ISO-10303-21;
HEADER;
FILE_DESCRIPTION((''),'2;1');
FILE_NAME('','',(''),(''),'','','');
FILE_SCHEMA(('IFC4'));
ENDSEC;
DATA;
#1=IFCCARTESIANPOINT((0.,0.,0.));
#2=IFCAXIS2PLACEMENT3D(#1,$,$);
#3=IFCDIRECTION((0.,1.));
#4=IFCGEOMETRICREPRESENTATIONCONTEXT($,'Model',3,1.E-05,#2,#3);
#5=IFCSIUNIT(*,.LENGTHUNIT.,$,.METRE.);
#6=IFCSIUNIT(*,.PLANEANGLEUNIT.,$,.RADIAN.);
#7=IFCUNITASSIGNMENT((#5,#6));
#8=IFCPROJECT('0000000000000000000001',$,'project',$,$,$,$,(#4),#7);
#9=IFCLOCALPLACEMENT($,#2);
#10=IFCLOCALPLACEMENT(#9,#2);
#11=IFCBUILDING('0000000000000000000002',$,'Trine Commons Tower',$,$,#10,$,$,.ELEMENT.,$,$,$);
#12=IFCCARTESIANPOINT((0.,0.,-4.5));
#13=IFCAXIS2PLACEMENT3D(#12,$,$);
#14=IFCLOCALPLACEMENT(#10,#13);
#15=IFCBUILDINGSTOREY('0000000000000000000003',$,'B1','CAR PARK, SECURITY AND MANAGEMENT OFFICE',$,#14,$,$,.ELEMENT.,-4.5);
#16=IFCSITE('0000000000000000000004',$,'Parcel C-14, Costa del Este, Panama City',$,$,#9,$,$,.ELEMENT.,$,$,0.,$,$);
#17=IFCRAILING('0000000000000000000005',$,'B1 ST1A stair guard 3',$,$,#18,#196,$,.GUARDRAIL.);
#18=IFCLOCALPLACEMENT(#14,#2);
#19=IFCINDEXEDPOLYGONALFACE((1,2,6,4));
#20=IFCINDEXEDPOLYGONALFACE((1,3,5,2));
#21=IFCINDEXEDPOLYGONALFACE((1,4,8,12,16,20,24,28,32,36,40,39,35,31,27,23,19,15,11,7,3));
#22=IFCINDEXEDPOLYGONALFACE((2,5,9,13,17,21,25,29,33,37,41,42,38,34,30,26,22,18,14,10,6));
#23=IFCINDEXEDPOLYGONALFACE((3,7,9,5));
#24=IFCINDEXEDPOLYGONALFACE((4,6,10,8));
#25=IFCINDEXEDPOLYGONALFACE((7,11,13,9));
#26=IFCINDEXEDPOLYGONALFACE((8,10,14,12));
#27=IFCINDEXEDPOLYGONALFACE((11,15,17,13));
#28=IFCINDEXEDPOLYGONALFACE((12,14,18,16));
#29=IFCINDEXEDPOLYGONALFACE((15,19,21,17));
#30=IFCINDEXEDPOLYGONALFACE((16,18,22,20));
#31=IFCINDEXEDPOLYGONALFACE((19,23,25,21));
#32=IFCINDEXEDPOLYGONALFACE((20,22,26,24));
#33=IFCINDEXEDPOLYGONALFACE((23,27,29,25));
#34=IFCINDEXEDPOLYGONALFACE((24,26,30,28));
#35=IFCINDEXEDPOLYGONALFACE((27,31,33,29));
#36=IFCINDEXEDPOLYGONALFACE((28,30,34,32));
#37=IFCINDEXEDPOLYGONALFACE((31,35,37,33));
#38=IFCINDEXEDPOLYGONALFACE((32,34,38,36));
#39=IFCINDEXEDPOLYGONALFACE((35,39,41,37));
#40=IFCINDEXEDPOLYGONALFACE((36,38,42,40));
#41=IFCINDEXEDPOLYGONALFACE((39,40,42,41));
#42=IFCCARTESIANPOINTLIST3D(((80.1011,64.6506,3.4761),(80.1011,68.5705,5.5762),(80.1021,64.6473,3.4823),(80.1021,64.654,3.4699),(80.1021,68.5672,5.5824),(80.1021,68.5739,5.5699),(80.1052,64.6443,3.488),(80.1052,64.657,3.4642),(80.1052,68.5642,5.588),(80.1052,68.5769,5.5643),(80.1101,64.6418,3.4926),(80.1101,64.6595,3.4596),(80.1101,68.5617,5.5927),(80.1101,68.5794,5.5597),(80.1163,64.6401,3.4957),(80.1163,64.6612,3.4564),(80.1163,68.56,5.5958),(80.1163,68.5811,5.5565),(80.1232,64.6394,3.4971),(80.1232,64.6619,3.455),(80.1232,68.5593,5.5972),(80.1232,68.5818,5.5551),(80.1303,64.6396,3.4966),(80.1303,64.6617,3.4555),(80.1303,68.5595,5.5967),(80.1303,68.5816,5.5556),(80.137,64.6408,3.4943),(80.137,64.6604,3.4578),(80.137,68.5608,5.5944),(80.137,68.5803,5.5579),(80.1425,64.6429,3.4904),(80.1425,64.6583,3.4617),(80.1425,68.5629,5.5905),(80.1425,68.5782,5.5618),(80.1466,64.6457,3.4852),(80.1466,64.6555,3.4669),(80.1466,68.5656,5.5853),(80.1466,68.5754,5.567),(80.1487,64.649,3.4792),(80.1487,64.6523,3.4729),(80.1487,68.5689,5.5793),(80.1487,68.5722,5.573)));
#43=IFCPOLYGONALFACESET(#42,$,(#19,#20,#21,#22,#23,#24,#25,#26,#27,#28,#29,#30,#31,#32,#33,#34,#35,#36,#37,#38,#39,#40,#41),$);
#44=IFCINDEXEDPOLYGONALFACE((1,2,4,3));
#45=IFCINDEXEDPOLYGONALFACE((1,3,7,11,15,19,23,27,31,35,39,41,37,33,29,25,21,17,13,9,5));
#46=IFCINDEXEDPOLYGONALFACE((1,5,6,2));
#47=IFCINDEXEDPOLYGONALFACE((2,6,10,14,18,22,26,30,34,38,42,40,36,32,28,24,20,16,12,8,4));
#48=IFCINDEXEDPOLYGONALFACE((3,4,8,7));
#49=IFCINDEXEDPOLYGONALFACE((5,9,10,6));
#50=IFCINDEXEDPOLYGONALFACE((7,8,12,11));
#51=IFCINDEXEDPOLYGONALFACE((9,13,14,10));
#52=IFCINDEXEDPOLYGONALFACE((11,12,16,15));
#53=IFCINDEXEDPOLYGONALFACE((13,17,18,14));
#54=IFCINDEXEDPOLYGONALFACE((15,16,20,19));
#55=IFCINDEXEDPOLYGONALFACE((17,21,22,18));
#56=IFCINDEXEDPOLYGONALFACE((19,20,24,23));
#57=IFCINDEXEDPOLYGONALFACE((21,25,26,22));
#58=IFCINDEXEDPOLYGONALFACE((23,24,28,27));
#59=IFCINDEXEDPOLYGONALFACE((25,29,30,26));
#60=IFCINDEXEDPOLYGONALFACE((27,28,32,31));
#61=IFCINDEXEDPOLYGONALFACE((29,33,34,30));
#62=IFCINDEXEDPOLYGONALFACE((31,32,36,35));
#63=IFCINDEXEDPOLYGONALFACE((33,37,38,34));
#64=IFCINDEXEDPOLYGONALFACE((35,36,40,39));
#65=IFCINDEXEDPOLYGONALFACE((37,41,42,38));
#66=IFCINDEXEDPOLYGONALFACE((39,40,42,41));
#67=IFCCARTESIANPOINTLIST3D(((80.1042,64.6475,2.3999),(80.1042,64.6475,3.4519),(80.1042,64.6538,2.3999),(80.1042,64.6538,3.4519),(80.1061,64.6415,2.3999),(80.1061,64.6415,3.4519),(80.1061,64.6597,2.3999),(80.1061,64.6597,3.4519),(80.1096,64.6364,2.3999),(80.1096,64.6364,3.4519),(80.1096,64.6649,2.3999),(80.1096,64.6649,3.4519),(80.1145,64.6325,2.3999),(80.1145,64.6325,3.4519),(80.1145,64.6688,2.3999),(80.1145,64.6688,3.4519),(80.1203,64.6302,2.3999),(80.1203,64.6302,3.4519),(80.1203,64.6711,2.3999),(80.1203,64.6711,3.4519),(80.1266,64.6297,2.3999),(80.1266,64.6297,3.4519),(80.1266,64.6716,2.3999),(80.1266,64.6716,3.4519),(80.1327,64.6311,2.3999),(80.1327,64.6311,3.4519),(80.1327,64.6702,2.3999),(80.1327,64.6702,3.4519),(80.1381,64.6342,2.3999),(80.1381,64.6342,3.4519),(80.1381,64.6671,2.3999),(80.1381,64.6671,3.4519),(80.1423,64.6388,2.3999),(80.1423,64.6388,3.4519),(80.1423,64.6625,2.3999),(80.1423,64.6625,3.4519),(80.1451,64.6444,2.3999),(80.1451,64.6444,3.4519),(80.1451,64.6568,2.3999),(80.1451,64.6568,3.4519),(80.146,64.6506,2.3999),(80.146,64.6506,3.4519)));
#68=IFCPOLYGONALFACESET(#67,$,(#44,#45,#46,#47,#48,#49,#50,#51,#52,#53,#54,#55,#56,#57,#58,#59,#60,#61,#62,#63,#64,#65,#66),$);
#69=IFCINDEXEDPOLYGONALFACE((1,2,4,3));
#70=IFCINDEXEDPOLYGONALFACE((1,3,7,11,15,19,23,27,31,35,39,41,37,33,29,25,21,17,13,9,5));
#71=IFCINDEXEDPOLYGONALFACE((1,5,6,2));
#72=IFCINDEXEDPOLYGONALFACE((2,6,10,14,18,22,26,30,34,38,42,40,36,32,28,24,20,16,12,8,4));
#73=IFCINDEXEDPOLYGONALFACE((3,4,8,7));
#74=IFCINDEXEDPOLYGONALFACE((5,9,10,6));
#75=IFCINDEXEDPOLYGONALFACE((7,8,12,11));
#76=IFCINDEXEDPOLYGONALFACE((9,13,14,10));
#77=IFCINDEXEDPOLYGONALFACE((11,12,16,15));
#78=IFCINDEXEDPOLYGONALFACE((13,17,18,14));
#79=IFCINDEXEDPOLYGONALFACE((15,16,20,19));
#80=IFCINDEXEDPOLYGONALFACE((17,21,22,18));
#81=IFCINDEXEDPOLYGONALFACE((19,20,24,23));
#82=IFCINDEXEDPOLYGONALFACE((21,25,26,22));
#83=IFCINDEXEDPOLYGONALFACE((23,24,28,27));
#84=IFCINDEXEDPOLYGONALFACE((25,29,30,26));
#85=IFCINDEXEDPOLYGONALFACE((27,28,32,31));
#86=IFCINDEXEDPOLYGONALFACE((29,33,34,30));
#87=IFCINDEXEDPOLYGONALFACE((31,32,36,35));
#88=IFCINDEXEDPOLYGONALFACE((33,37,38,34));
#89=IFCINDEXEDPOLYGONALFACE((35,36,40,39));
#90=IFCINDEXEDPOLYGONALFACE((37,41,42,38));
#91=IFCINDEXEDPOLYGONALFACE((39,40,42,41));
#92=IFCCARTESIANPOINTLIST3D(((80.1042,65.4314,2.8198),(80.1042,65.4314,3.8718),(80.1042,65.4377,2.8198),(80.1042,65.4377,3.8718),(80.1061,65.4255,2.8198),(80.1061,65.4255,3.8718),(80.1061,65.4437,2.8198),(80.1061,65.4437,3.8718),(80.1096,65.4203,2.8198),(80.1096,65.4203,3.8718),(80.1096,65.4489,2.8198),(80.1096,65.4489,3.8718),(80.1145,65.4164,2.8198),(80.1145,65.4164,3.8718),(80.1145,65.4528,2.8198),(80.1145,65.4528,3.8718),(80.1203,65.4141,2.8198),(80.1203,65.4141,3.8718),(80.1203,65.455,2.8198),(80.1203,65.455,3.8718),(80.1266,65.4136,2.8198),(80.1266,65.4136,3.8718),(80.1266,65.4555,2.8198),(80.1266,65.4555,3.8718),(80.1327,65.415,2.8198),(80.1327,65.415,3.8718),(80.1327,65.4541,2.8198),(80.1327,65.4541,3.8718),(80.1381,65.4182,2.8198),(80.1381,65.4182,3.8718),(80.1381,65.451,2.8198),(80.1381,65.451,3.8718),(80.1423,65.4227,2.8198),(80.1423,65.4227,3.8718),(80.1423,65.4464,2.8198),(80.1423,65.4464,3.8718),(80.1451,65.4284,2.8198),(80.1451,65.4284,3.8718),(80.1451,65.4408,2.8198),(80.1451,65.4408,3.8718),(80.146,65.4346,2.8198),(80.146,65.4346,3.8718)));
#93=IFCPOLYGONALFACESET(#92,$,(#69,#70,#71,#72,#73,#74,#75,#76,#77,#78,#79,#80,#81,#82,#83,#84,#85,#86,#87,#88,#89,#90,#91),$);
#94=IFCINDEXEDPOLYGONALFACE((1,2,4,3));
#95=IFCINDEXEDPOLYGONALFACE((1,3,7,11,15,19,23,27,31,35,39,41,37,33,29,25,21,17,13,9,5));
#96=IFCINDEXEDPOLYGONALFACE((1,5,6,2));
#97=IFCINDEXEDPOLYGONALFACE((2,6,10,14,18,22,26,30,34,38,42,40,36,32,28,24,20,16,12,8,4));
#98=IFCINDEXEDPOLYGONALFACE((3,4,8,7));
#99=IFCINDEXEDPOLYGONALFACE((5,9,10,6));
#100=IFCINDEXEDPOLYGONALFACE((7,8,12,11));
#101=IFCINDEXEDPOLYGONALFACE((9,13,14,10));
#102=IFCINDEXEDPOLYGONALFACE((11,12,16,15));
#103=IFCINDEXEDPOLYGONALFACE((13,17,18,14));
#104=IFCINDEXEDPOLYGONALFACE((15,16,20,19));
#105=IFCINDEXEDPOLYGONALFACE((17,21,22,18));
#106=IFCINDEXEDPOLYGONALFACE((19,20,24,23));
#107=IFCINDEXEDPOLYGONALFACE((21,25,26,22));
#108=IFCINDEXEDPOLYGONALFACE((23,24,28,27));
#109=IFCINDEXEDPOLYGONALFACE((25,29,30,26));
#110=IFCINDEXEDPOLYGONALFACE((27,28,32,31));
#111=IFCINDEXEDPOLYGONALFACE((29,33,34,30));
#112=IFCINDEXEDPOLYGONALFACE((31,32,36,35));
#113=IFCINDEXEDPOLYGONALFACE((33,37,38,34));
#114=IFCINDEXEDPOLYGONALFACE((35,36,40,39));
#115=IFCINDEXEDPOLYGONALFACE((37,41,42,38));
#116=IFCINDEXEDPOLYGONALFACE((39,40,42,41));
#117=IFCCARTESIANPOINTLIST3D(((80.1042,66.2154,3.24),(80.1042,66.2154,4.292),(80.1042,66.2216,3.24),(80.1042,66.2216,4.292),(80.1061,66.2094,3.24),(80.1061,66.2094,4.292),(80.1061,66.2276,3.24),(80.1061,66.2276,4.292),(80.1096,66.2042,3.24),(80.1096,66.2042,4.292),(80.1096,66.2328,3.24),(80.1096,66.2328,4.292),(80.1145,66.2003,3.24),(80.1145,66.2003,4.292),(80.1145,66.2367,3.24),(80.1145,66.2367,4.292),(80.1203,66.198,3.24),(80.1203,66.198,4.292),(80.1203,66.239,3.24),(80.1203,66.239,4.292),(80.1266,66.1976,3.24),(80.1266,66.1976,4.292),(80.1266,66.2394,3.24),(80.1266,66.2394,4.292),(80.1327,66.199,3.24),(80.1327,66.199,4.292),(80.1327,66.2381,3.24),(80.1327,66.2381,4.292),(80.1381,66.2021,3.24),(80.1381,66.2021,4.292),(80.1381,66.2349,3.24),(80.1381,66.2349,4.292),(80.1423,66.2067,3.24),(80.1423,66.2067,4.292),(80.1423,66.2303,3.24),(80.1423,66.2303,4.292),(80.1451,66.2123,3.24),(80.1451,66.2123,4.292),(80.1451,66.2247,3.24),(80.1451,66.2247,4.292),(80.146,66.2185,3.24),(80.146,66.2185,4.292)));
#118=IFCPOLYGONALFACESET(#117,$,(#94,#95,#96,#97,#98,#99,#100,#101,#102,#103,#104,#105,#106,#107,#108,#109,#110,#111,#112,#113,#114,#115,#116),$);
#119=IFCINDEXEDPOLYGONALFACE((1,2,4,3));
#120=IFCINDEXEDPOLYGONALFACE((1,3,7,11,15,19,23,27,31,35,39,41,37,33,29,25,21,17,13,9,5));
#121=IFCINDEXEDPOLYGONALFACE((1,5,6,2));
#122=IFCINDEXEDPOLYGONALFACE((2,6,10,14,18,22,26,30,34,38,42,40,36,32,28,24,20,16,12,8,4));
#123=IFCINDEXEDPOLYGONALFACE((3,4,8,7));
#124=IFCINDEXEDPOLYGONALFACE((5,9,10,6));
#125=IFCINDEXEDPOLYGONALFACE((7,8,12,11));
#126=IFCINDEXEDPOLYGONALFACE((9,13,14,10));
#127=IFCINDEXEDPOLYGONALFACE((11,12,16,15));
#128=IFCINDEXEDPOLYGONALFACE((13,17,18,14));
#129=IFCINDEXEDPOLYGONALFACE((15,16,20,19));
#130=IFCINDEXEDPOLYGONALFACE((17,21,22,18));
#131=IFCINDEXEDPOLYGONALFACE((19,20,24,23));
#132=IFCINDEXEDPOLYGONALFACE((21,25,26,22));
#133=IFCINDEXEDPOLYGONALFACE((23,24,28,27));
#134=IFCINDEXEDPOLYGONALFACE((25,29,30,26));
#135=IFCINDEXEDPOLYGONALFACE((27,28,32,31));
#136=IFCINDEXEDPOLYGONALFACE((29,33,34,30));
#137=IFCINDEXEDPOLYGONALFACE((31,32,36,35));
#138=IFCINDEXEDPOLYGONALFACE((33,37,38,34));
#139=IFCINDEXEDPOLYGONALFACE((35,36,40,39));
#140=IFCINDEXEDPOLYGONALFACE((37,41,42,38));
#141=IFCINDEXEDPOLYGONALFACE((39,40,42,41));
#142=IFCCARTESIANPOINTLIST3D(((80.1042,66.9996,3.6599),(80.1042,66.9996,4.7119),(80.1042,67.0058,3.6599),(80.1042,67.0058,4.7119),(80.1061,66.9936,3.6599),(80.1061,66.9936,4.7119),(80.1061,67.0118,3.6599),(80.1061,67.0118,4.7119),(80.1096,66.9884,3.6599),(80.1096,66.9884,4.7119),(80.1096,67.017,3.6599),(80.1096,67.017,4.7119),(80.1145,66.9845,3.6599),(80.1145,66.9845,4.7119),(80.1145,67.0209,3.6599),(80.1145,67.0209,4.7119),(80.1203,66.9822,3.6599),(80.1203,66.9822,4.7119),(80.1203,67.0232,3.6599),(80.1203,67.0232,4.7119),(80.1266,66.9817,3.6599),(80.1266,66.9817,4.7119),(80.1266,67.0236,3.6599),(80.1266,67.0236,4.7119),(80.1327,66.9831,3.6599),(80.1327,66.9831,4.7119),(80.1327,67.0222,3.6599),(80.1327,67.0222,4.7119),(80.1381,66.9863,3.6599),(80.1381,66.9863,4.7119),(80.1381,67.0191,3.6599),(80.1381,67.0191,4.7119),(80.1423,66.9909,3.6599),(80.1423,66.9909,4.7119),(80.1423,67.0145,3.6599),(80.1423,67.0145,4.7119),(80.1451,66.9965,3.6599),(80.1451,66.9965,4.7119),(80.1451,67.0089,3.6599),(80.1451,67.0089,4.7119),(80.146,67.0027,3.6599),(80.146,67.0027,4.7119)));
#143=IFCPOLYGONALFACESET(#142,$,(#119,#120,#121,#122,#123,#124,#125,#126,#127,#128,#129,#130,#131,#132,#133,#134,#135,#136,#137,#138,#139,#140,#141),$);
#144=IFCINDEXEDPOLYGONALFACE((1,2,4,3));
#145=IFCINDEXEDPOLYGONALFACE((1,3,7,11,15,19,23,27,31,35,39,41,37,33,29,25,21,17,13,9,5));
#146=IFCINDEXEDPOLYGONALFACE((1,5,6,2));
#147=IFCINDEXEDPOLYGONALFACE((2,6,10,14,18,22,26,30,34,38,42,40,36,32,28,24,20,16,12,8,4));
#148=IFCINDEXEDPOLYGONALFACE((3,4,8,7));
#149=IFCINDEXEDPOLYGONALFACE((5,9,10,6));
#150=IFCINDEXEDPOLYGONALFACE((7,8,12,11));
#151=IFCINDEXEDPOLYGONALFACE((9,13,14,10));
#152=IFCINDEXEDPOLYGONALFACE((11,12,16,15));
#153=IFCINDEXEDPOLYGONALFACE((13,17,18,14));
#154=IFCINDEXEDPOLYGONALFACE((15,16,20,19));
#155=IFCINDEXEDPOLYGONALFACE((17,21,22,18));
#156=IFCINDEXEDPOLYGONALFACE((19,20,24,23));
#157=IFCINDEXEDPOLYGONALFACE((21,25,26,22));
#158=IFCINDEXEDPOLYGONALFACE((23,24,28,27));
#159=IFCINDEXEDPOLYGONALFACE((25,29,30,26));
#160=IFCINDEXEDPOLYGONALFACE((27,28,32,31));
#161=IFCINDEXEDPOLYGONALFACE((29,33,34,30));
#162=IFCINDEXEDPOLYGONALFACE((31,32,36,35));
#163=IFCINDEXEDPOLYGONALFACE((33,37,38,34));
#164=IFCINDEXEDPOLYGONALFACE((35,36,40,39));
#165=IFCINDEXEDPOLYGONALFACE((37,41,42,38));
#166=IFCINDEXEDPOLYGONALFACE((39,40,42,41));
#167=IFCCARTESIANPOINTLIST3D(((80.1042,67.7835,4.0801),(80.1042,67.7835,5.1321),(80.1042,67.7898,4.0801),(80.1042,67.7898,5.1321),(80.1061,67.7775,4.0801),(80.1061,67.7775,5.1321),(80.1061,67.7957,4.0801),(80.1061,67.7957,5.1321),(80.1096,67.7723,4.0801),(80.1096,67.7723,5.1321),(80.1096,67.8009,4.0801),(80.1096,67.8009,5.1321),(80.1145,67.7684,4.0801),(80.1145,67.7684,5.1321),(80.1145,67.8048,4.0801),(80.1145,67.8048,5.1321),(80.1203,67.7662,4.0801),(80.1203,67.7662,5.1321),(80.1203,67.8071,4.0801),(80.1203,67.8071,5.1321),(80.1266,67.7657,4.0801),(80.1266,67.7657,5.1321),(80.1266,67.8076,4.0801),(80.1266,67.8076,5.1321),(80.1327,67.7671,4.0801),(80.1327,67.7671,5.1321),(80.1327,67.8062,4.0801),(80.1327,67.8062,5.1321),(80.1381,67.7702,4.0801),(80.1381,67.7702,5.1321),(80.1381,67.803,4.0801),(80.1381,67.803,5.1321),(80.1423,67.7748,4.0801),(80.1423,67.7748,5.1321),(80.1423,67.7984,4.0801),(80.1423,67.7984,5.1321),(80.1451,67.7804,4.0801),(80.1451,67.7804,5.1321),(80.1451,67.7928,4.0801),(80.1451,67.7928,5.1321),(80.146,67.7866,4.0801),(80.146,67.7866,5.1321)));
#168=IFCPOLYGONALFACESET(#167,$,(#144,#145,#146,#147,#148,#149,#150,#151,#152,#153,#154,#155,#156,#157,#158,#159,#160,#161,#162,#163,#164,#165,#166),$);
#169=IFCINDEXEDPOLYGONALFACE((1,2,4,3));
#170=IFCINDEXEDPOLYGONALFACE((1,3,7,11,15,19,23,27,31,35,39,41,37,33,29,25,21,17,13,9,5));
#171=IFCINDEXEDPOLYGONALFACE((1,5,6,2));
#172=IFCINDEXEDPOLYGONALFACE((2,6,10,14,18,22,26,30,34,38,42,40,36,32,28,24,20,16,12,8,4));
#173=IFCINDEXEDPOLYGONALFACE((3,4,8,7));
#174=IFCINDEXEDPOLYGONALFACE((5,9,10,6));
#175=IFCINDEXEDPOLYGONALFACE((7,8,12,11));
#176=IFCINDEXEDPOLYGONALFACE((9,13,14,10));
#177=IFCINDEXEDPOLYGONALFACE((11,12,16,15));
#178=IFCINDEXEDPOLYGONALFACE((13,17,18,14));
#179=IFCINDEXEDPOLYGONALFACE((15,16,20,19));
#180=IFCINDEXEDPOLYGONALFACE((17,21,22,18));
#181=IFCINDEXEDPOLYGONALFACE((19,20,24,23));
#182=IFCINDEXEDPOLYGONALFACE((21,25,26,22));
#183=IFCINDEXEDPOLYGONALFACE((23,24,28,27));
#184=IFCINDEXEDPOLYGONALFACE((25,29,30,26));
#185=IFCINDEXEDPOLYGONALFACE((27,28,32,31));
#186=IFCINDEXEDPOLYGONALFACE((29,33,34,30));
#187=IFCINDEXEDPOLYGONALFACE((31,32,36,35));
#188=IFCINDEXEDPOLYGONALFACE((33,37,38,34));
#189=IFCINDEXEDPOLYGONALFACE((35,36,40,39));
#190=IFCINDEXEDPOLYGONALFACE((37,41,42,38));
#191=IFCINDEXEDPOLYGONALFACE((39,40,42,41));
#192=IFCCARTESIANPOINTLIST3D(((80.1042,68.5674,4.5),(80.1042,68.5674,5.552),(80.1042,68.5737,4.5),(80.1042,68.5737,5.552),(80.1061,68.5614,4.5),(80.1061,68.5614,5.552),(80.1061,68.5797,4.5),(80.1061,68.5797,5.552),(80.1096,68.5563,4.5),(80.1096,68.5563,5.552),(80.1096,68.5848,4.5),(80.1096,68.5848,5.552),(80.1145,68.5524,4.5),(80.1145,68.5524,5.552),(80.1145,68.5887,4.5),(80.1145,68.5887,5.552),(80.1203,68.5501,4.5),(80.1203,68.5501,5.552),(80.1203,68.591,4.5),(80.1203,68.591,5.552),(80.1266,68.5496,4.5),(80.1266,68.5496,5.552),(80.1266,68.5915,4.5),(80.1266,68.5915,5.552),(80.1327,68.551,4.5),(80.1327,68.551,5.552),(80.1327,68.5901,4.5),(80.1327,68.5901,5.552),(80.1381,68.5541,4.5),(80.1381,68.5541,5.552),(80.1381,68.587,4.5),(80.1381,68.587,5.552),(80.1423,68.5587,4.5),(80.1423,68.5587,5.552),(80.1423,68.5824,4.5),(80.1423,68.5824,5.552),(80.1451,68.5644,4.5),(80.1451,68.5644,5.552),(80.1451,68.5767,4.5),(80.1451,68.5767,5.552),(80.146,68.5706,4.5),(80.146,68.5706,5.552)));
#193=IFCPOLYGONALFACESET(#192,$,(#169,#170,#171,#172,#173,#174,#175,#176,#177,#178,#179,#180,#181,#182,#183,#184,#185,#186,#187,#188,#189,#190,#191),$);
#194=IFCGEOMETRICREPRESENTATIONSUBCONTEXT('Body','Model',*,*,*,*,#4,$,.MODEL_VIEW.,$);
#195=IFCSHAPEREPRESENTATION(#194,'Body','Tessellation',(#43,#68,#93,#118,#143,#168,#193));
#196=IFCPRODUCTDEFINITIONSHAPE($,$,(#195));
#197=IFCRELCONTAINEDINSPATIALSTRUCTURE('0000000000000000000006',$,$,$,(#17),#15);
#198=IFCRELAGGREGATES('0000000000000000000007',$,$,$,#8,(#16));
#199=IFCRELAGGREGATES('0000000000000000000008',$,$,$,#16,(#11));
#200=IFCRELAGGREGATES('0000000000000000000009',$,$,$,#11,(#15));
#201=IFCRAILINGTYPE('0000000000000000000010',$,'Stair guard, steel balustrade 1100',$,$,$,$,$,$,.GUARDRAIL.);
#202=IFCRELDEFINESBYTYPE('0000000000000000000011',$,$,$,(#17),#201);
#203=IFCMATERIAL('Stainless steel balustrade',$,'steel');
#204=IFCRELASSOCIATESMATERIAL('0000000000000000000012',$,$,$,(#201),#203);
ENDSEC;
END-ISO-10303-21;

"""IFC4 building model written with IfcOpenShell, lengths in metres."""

from ifc_helpers import new_model, si_unit, direction, frame, origin, origin_2d, place, context, subcontext, project, spatial, circle, extrude, material, type_object, element, save


model = new_model("IFC4")

# Units and contexts
model_context = context("Model", 3, precision=1e-05, world=origin(), true_north=direction((0.0, 1.0)))
body_context = subcontext(model_context, "Body", "Model", "MODEL_VIEW")
ifc_project = project(units=[si_unit("LENGTHUNIT", "METRE"), si_unit("PLANEANGLEUNIT", "RADIAN")], contexts=[model_context])

# Site, building, storey
site_placement = place(None, origin())
site = spatial("IfcSite", under=ifc_project, at=site_placement, Name="Parcel C-14, Costa del Este, Panama City", CompositionType="ELEMENT", RefElevation=0.0)
building_placement = place(site_placement, origin())
building = spatial("IfcBuilding", under=site, at=building_placement, Name="Trine Commons Tower", CompositionType="ELEMENT")
storey_placement = place(building_placement, frame((0.0, 0.0, -4.5)))
storey = spatial("IfcBuildingStorey", under=building, at=storey_placement, Name="B1", Description="CAR PARK, SECURITY AND MANAGEMENT OFFICE", CompositionType="ELEMENT", Elevation=-4.5)

# Railing
ifc_material_1 = material(Name="Stainless steel balustrade", Category="steel")
railing_type_1 = type_object("IfcRailingType", Name="Stair guard, steel balustrade 1100", PredefinedType="GUARDRAIL", material=ifc_material_1)
railing_1_placement = place(storey_placement, frame((80.125, 64.6506, 2.3999)))
element("IfcRailing", 1, at=railing_1_placement, inside=storey, type_object=railing_type_1, Name="B1 ST1A stair guard 3", PredefinedType="GUARDRAIL", context=body_context, shape_type="SweptSolid", body=[
    extrude(circle(Radius=0.0239, at=origin_2d()), frame((0.0, 0.0, 1.0762), z_axis=(0.0, 0.881467, 0.472246), x_axis=(-1.0, 0.0, 0.0)), (0.0, 0.0, 1.0), 4.447),
    extrude(circle(Radius=0.021, at=origin_2d()), origin(), (0.0, 0.0, 1.0), 1.052),
    extrude(circle(Radius=0.021, at=origin_2d()), frame((0.0, 0.7839, 0.4199)), (0.0, 0.0, 1.0), 1.052),
    extrude(circle(Radius=0.021, at=origin_2d()), frame((0.0, 1.5679, 0.8401)), (0.0, 0.0, 1.0), 1.052),
    extrude(circle(Radius=0.021, at=origin_2d()), frame((0.0, 2.3521, 1.26)), (0.0, 0.0, 1.0), 1.052),
    extrude(circle(Radius=0.021, at=origin_2d()), frame((0.0, 3.136, 1.6802)), (0.0, 0.0, 1.0), 1.052),
    extrude(circle(Radius=0.021, at=origin_2d()), frame((0.0, 3.9199, 2.1001)), (0.0, 0.0, 1.0), 1.052),
])

save(model, "model.ifc")
